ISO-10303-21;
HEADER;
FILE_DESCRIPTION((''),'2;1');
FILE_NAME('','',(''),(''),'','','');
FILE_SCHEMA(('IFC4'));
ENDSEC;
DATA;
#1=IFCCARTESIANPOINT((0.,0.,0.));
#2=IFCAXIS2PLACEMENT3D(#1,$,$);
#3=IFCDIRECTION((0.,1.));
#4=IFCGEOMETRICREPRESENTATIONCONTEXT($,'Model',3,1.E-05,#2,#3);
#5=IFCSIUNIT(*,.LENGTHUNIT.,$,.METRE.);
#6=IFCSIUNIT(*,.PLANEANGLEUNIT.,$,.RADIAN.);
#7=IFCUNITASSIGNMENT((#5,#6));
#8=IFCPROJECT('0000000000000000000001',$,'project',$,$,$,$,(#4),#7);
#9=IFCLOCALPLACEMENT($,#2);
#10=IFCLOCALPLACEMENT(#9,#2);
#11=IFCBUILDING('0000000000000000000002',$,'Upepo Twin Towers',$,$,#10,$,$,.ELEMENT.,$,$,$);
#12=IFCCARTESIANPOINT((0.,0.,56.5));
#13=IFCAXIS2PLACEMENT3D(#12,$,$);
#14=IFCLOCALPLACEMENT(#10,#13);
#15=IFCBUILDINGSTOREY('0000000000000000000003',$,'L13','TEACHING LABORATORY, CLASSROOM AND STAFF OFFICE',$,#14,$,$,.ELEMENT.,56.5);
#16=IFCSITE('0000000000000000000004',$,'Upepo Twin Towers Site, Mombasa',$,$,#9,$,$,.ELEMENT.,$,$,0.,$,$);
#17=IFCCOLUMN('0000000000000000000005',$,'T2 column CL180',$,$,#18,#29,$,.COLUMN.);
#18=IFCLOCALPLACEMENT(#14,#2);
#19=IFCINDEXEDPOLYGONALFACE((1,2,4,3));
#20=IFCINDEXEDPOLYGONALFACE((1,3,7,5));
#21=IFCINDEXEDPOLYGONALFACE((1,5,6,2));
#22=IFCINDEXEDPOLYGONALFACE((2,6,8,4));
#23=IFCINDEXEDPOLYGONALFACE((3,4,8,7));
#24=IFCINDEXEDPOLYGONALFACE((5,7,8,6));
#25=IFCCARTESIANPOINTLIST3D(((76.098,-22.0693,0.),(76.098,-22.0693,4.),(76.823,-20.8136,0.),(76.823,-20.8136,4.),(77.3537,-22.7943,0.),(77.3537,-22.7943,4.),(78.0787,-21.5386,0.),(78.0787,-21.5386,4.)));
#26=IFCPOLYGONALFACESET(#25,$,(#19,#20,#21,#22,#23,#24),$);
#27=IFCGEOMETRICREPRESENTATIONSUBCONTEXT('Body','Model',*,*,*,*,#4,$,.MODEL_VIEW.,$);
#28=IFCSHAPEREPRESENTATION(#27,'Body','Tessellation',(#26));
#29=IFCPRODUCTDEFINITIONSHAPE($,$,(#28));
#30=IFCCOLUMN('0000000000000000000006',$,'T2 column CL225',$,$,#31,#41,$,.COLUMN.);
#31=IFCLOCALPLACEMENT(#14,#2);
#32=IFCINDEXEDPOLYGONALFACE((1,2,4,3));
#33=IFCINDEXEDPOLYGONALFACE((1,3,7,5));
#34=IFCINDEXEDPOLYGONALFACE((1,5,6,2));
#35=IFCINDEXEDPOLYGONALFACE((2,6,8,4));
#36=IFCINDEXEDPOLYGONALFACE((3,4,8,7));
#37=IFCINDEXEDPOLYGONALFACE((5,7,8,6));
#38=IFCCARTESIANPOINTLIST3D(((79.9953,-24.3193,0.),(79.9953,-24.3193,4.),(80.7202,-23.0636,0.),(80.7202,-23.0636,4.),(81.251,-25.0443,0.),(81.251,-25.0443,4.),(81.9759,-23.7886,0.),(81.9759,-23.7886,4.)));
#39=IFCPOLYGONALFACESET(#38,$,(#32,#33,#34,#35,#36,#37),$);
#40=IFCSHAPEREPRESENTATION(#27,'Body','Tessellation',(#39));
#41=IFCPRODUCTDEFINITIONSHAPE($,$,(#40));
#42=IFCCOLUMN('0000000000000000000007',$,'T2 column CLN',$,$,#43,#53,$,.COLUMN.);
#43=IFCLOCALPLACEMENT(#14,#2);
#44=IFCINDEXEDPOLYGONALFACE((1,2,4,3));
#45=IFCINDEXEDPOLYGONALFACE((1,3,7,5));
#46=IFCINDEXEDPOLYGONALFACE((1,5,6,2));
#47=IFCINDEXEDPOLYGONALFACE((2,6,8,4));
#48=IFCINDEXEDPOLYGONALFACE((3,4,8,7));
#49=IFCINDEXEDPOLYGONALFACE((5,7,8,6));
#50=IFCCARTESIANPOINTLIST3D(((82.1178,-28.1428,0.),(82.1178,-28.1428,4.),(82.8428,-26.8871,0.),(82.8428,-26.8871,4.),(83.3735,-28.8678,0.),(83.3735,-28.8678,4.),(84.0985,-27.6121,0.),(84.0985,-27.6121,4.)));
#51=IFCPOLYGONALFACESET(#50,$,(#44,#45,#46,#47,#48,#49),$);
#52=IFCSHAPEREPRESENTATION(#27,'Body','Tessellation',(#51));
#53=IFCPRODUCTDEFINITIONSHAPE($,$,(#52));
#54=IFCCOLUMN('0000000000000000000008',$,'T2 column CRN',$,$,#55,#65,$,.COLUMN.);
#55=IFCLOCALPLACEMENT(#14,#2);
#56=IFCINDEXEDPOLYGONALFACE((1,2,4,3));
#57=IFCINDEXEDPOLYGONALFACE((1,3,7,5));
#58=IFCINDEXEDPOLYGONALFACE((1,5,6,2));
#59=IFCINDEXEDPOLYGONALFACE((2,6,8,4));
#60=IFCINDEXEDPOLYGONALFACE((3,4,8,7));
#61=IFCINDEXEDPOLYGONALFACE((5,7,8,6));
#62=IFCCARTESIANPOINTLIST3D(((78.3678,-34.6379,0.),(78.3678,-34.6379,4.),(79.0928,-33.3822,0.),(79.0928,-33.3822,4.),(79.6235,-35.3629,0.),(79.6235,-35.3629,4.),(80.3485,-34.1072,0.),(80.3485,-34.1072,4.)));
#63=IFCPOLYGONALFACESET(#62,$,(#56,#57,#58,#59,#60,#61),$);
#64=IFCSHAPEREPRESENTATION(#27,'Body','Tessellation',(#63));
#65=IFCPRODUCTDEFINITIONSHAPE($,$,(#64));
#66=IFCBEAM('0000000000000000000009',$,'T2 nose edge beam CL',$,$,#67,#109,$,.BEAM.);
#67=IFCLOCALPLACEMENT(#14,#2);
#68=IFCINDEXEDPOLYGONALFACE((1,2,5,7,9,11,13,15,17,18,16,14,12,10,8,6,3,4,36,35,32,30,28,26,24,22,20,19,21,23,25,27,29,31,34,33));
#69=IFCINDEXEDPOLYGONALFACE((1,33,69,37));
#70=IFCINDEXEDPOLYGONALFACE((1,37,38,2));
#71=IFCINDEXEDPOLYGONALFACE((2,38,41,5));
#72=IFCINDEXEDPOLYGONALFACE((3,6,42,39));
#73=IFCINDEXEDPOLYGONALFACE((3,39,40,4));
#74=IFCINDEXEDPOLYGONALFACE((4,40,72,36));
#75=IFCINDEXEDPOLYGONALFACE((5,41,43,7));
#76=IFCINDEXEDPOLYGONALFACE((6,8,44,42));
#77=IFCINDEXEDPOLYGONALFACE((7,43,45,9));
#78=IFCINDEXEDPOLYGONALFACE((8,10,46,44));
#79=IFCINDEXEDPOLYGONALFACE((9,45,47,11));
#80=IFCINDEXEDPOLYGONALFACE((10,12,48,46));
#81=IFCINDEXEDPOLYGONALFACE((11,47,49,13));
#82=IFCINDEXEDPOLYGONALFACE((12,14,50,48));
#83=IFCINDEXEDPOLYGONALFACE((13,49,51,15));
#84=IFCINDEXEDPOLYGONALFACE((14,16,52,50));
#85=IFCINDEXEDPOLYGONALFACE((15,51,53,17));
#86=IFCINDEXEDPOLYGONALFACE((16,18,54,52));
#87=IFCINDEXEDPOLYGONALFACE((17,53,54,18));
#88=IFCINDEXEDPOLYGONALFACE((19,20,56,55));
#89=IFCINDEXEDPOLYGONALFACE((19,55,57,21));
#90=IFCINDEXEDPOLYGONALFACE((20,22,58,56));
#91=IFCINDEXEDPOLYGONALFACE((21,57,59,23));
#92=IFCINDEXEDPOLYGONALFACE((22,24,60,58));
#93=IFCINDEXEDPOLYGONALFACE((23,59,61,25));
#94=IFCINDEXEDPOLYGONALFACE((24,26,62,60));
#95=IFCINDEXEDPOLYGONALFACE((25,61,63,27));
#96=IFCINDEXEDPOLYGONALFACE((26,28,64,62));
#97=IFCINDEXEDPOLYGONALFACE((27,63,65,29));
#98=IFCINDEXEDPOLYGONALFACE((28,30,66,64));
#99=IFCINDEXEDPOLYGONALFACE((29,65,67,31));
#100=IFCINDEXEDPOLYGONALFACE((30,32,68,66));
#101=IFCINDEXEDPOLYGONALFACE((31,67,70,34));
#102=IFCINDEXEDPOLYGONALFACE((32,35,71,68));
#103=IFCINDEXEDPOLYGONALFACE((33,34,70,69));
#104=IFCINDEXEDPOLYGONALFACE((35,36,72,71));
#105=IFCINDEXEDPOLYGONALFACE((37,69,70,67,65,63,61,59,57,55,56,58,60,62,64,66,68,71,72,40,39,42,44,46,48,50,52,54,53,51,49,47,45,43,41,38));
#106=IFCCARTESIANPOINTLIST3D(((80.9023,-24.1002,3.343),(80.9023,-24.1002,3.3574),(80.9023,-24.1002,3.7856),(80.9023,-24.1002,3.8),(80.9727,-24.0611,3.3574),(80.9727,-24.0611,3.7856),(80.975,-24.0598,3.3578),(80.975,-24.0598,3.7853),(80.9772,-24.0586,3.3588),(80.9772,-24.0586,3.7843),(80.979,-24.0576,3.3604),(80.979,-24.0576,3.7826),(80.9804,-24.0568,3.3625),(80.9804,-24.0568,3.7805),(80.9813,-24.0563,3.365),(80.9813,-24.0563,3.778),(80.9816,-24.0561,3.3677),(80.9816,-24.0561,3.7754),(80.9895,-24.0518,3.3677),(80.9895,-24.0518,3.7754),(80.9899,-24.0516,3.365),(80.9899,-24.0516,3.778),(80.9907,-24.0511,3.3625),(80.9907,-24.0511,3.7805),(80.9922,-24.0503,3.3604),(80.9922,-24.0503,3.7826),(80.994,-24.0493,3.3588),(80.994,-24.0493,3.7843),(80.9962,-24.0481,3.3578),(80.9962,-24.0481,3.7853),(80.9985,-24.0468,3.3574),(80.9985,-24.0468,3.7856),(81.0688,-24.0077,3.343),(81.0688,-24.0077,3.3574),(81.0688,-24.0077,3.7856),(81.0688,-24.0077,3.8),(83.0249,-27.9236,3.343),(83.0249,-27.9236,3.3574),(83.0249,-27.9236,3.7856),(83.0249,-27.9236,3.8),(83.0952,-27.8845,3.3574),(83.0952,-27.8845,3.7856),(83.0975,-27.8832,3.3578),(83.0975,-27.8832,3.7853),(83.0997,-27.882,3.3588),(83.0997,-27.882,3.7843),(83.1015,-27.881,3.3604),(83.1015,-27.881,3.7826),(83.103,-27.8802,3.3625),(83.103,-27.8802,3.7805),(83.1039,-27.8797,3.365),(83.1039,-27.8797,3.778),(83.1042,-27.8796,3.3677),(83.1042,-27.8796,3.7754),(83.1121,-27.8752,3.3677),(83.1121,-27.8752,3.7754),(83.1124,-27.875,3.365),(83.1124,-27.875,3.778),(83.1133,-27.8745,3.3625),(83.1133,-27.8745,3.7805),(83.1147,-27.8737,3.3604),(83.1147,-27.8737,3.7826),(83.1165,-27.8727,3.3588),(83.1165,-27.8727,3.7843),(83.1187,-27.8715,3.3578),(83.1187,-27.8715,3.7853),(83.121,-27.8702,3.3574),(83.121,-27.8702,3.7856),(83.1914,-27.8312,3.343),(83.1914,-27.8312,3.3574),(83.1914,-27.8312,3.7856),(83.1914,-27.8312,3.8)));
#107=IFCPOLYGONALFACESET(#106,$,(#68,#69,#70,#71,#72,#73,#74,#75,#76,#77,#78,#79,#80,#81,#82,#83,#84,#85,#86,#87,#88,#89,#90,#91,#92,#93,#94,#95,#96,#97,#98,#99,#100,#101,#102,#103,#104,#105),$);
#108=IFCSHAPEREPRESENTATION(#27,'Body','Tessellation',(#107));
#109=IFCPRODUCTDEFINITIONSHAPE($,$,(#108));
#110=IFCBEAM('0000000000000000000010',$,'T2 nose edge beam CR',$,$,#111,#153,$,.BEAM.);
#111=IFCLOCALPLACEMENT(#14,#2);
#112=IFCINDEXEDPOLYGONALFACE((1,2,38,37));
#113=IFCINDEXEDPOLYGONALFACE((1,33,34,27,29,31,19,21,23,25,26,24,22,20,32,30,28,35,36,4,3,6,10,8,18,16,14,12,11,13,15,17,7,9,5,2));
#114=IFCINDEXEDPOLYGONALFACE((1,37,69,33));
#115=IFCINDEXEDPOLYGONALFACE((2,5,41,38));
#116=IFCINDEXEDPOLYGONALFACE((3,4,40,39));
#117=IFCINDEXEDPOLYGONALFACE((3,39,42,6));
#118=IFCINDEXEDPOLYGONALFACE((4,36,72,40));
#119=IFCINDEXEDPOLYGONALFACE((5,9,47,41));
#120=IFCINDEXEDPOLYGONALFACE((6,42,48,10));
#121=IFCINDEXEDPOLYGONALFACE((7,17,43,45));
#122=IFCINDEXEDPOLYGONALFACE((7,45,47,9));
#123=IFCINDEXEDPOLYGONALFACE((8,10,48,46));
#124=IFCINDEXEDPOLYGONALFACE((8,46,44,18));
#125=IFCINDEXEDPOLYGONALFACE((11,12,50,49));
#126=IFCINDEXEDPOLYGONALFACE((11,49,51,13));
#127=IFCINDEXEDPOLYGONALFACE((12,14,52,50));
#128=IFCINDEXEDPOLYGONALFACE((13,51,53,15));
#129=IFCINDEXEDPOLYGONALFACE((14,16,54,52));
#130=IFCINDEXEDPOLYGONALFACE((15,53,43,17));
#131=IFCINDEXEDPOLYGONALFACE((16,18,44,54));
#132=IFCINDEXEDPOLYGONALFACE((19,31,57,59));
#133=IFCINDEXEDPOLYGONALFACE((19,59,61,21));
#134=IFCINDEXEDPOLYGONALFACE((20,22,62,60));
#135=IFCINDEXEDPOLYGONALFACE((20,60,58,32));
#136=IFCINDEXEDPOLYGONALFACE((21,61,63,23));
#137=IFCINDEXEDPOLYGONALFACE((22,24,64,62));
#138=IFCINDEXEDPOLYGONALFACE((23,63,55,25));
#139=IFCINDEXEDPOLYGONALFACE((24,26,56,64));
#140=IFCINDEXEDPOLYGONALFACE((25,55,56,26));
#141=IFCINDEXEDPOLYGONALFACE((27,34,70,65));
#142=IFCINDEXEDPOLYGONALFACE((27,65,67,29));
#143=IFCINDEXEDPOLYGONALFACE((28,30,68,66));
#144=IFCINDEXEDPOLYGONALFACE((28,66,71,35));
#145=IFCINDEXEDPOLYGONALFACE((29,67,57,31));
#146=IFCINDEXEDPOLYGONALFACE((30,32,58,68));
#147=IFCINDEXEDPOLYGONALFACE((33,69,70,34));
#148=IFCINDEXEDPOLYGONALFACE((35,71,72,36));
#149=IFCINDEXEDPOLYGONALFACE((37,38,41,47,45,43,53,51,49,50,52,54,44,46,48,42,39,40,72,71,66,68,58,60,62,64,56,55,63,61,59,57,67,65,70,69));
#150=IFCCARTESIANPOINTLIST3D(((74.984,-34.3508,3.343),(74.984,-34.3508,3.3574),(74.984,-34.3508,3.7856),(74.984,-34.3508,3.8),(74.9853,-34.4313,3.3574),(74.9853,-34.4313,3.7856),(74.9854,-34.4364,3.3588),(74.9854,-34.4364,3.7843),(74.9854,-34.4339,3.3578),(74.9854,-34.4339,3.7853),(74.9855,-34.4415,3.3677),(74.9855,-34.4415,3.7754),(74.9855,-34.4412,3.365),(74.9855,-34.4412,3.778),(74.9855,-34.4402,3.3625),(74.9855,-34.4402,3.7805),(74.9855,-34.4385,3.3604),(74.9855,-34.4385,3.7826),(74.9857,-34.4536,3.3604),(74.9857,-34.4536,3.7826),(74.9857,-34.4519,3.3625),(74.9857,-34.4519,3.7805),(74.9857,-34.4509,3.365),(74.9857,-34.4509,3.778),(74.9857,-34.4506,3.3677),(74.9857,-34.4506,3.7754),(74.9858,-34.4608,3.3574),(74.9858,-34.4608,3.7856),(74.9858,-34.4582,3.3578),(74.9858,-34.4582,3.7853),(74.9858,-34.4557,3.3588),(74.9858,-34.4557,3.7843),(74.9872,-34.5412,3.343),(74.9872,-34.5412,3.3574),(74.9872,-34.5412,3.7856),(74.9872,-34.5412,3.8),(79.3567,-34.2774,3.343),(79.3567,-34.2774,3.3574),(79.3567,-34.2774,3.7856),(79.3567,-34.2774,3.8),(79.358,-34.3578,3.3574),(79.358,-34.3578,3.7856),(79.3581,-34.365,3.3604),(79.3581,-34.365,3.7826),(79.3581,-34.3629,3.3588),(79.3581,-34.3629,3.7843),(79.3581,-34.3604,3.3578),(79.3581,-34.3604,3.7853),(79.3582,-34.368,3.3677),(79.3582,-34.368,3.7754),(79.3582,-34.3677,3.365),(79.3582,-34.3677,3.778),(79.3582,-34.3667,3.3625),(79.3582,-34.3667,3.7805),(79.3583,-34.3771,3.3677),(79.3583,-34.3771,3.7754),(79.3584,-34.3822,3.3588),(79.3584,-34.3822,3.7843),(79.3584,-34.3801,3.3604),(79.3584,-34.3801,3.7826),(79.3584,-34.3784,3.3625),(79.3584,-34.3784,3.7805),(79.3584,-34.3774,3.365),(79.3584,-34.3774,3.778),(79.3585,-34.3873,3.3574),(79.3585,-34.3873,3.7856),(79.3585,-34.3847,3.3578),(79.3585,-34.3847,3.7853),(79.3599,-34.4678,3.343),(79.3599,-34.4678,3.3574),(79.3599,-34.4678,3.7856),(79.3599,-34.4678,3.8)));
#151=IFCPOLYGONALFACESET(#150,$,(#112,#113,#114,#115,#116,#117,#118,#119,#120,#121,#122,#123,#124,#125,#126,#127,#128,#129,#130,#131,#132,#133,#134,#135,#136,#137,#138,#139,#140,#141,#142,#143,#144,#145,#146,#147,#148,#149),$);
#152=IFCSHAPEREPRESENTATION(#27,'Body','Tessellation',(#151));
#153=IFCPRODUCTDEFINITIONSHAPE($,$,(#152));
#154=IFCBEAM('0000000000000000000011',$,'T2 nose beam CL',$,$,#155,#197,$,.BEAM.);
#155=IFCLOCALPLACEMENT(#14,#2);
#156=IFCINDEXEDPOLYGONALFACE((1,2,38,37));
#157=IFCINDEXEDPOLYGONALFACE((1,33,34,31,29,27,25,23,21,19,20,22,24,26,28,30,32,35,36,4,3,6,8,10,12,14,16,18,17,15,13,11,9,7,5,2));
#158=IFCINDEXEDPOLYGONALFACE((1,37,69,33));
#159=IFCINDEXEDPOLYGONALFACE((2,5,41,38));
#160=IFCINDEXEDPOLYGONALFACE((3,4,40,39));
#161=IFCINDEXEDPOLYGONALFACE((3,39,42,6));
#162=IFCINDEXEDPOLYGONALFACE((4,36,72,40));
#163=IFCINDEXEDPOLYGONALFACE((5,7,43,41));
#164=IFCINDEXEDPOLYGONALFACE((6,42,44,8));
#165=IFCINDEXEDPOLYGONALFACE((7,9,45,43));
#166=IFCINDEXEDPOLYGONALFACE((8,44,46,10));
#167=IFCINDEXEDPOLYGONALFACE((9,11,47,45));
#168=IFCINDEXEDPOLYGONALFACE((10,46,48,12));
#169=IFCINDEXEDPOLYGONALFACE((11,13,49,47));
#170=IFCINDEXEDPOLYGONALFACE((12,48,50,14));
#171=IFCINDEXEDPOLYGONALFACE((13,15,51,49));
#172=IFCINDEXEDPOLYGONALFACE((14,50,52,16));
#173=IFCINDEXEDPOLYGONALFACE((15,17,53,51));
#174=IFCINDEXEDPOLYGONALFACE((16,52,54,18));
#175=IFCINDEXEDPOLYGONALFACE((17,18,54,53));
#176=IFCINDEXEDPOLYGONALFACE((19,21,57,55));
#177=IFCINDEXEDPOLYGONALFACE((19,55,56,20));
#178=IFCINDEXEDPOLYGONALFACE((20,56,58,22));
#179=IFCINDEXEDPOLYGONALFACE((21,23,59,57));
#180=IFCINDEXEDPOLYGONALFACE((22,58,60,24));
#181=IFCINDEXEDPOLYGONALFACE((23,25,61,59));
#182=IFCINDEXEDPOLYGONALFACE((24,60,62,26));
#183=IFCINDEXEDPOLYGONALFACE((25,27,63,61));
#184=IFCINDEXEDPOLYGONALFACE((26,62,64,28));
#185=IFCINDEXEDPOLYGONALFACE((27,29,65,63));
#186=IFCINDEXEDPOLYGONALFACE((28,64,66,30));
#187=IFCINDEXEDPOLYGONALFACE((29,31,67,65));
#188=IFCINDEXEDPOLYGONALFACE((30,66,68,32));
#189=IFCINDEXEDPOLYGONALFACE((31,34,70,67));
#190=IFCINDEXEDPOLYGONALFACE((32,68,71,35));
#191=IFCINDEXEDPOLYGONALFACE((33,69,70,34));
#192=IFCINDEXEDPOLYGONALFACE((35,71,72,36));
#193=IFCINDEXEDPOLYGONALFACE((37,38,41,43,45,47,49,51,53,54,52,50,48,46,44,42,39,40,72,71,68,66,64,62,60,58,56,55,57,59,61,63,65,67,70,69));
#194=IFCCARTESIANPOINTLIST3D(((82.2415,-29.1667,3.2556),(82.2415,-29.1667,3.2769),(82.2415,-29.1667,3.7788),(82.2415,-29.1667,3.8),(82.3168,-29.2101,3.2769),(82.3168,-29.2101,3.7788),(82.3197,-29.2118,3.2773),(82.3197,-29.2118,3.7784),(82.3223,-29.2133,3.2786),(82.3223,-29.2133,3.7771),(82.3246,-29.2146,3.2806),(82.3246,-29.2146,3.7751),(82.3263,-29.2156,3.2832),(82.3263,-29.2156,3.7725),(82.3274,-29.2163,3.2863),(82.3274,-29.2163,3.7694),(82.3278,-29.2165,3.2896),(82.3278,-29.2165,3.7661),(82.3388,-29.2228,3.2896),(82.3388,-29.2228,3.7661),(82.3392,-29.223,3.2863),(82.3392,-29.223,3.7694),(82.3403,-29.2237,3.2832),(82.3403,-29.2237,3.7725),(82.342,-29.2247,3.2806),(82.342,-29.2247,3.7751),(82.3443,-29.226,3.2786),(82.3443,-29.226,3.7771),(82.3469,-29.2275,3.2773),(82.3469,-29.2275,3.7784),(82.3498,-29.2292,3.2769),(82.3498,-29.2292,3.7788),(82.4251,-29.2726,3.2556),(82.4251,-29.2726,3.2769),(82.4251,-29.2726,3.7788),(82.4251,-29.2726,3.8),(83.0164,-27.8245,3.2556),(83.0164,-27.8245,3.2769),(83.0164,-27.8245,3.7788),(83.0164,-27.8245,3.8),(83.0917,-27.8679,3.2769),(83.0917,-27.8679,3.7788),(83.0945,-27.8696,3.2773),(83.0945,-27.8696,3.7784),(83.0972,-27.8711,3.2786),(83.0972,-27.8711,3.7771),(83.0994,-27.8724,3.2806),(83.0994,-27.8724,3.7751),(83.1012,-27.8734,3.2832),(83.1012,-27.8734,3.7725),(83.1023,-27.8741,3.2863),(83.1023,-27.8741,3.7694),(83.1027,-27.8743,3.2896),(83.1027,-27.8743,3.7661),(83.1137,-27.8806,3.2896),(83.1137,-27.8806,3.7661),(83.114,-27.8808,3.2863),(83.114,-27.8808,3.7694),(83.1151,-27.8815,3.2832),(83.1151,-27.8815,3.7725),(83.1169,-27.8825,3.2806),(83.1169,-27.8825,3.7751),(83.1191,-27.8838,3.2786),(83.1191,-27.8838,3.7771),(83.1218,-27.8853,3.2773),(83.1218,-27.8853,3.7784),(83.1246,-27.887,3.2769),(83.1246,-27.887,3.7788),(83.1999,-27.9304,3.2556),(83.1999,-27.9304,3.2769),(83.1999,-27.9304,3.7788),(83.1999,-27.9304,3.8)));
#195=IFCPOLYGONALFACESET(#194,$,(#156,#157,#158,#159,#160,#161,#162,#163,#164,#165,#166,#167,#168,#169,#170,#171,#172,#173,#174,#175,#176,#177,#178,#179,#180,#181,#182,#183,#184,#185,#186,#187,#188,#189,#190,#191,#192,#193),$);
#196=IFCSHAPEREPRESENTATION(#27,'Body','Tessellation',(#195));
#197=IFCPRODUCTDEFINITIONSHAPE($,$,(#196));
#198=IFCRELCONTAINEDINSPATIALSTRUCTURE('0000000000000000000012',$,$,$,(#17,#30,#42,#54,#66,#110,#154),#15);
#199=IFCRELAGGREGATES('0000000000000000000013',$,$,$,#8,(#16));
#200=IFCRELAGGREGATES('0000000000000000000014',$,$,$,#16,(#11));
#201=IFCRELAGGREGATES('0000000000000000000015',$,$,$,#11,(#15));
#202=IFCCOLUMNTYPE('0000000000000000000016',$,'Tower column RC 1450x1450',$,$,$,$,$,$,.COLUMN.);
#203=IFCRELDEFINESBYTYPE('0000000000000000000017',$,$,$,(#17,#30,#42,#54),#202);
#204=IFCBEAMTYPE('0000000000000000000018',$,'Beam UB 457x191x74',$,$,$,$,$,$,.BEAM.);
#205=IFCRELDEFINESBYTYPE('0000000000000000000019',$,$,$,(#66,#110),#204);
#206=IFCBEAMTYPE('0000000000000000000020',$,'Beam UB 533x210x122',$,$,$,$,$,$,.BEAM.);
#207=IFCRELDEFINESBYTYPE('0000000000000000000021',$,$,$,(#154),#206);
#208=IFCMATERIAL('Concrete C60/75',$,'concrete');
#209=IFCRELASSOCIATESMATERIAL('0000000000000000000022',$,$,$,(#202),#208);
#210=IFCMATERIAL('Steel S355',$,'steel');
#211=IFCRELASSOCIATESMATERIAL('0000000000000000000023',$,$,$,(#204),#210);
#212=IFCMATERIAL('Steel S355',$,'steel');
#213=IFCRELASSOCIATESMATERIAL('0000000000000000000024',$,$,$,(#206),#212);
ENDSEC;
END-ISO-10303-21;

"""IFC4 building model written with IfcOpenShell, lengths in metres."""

from ifc_helpers import new_model, si_unit, direction, frame, origin, origin_2d, place, context, subcontext, project, spatial, rectangle, i_section, extrude, material, material_profile, profile_set, type_object, element, save


model = new_model("IFC4")

# Units and contexts
model_context = context("Model", 3, precision=1e-05, world=origin(), true_north=direction((0.0, 1.0)))
body_context = subcontext(model_context, "Body", "Model", "MODEL_VIEW")
ifc_project = project(units=[si_unit("LENGTHUNIT", "METRE"), si_unit("PLANEANGLEUNIT", "RADIAN")], contexts=[model_context])

# Site, building, storey
site_placement = place(None, origin())
site = spatial("IfcSite", under=ifc_project, at=site_placement, Name="Upepo Twin Towers Site, Mombasa", CompositionType="ELEMENT", RefElevation=0.0)
building_placement = place(site_placement, origin())
building = spatial("IfcBuilding", under=site, at=building_placement, Name="Upepo Twin Towers", CompositionType="ELEMENT")
storey_placement = place(building_placement, frame((0.0, 0.0, 56.5)))
storey = spatial("IfcBuildingStorey", under=building, at=storey_placement, Name="L13", Description="TEACHING LABORATORY, CLASSROOM AND STAFF OFFICE", CompositionType="ELEMENT", Elevation=56.5)

# Columns
ifc_material_1 = material(Name="Concrete C60/75", Category="concrete")
ifc_material_profile_1 = material_profile(ifc_material_1, rectangle(XDim=1.45, YDim=1.45, at=origin_2d()), Name="RC 1450x1450")
ifc_profile_set_1 = profile_set([ifc_material_profile_1], Name="Concrete C60/75")
column_type = type_object("IfcColumnType", Name="Tower column RC 1450x1450", PredefinedType="COLUMN", material=ifc_profile_set_1)
for number, where, z_axis, x_axis, name in (
    (1, (77.0884, -21.804, 0.0), (0.0, 0.0, 1.0), (0.5, 0.866025, 0.0), "T2 column CL180"),
    (2, (80.9856, -24.054, 0.0), (0.0, 0.0, 1.0), (0.5, 0.866025, 0.0), "T2 column CL225"),
    (3, (83.1082, -27.8774, 0.0), (0.0, 0.0, 1.0), (0.5, 0.866025, 0.0), "T2 column CLN"),
    (4, (79.3582, -34.3726, 0.0), (0.0, 0.0, 1.0), (0.5, 0.866025, 0.0), "T2 column CRN"),
):
    element("IfcColumn", number, at=place(storey_placement, frame(where, z_axis=z_axis, x_axis=x_axis)), inside=storey, type_object=column_type, Name=name, PredefinedType="COLUMN", context=body_context, shape_type="SweptSolid", body=[
        extrude(rectangle(XDim=1.45, YDim=1.45, at=origin_2d()), origin(), (0.0, 0.0, 1.0), 4.0),
    ])

# Beams
ifc_material_2 = material(Name="Steel S355", Category="steel")
ifc_material_profile_2 = material_profile(ifc_material_2, i_section(OverallWidth=0.1904, OverallDepth=0.457, WebThickness=0.009, FlangeThickness=0.0144, FilletRadius=0.0103, at=origin_2d()), Name="UB 457x191x74")
ifc_profile_set_2 = profile_set([ifc_material_profile_2], Name="Steel S355")
beam_type_1 = type_object("IfcBeamType", Name="Beam UB 457x191x74", PredefinedType="BEAM", material=ifc_profile_set_2)
beam_1_placement = place(storey_placement, frame((80.9856, -24.054, 3.5715), z_axis=(0.485363, -0.874313, 0.0), x_axis=(0.874313, 0.485363, 0.0)))
element("IfcBeam", 5, at=beam_1_placement, inside=storey, type_object=beam_type_1, Name="T2 nose edge beam CL", PredefinedType="BEAM", context=body_context, shape_type="SweptSolid", body=[
    extrude(i_section(OverallWidth=0.1904, OverallDepth=0.457, WebThickness=0.009, FlangeThickness=0.0144, FilletRadius=0.0103, at=origin_2d()), origin(), (0.0, 0.0, 1.0), 4.373),
])
beam_2_placement = place(storey_placement, frame((74.9856, -34.446, 3.5715), z_axis=(0.999859, 0.016804, 0.0), x_axis=(-0.016804, 0.999859, 0.0)))
element("IfcBeam", 6, at=beam_2_placement, inside=storey, type_object=beam_type_1, Name="T2 nose edge beam CR", PredefinedType="BEAM", context=body_context, shape_type="SweptSolid", body=[
    extrude(i_section(OverallWidth=0.1904, OverallDepth=0.457, WebThickness=0.009, FlangeThickness=0.0144, FilletRadius=0.0103, at=origin_2d()), origin(), (0.0, 0.0, 1.0), 4.3733),
])
ifc_material_3 = material(Name="Steel S355", Category="steel")
ifc_material_profile_3 = material_profile(ifc_material_3, i_section(OverallWidth=0.2119, OverallDepth=0.5444, WebThickness=0.0127, FlangeThickness=0.0212, FilletRadius=0.0127, at=origin_2d()), Name="UB 533x210x122")
ifc_profile_set_3 = profile_set([ifc_material_profile_3], Name="Steel S355")
beam_type_2 = type_object("IfcBeamType", Name="Beam UB 533x210x122", PredefinedType="BEAM", material=ifc_profile_set_3)
for number, where, z_axis, x_axis, name in (
    (7, (83.1082, -27.8774, 3.5278), (-0.499968, -0.866044, 0.0), (0.866044, -0.499968, 0.0), "T2 nose beam CL"),
):
    element("IfcBeam", number, at=place(storey_placement, frame(where, z_axis=z_axis, x_axis=x_axis)), inside=storey, type_object=beam_type_2, Name=name, PredefinedType="BEAM", context=body_context, shape_type="SweptSolid", body=[
        extrude(i_section(OverallWidth=0.2119, OverallDepth=0.5444, WebThickness=0.0127, FlangeThickness=0.0212, FilletRadius=0.0127, at=origin_2d()), origin(), (0.0, 0.0, 1.0), 1.5498),
    ])

save(model, "model.ifc")
